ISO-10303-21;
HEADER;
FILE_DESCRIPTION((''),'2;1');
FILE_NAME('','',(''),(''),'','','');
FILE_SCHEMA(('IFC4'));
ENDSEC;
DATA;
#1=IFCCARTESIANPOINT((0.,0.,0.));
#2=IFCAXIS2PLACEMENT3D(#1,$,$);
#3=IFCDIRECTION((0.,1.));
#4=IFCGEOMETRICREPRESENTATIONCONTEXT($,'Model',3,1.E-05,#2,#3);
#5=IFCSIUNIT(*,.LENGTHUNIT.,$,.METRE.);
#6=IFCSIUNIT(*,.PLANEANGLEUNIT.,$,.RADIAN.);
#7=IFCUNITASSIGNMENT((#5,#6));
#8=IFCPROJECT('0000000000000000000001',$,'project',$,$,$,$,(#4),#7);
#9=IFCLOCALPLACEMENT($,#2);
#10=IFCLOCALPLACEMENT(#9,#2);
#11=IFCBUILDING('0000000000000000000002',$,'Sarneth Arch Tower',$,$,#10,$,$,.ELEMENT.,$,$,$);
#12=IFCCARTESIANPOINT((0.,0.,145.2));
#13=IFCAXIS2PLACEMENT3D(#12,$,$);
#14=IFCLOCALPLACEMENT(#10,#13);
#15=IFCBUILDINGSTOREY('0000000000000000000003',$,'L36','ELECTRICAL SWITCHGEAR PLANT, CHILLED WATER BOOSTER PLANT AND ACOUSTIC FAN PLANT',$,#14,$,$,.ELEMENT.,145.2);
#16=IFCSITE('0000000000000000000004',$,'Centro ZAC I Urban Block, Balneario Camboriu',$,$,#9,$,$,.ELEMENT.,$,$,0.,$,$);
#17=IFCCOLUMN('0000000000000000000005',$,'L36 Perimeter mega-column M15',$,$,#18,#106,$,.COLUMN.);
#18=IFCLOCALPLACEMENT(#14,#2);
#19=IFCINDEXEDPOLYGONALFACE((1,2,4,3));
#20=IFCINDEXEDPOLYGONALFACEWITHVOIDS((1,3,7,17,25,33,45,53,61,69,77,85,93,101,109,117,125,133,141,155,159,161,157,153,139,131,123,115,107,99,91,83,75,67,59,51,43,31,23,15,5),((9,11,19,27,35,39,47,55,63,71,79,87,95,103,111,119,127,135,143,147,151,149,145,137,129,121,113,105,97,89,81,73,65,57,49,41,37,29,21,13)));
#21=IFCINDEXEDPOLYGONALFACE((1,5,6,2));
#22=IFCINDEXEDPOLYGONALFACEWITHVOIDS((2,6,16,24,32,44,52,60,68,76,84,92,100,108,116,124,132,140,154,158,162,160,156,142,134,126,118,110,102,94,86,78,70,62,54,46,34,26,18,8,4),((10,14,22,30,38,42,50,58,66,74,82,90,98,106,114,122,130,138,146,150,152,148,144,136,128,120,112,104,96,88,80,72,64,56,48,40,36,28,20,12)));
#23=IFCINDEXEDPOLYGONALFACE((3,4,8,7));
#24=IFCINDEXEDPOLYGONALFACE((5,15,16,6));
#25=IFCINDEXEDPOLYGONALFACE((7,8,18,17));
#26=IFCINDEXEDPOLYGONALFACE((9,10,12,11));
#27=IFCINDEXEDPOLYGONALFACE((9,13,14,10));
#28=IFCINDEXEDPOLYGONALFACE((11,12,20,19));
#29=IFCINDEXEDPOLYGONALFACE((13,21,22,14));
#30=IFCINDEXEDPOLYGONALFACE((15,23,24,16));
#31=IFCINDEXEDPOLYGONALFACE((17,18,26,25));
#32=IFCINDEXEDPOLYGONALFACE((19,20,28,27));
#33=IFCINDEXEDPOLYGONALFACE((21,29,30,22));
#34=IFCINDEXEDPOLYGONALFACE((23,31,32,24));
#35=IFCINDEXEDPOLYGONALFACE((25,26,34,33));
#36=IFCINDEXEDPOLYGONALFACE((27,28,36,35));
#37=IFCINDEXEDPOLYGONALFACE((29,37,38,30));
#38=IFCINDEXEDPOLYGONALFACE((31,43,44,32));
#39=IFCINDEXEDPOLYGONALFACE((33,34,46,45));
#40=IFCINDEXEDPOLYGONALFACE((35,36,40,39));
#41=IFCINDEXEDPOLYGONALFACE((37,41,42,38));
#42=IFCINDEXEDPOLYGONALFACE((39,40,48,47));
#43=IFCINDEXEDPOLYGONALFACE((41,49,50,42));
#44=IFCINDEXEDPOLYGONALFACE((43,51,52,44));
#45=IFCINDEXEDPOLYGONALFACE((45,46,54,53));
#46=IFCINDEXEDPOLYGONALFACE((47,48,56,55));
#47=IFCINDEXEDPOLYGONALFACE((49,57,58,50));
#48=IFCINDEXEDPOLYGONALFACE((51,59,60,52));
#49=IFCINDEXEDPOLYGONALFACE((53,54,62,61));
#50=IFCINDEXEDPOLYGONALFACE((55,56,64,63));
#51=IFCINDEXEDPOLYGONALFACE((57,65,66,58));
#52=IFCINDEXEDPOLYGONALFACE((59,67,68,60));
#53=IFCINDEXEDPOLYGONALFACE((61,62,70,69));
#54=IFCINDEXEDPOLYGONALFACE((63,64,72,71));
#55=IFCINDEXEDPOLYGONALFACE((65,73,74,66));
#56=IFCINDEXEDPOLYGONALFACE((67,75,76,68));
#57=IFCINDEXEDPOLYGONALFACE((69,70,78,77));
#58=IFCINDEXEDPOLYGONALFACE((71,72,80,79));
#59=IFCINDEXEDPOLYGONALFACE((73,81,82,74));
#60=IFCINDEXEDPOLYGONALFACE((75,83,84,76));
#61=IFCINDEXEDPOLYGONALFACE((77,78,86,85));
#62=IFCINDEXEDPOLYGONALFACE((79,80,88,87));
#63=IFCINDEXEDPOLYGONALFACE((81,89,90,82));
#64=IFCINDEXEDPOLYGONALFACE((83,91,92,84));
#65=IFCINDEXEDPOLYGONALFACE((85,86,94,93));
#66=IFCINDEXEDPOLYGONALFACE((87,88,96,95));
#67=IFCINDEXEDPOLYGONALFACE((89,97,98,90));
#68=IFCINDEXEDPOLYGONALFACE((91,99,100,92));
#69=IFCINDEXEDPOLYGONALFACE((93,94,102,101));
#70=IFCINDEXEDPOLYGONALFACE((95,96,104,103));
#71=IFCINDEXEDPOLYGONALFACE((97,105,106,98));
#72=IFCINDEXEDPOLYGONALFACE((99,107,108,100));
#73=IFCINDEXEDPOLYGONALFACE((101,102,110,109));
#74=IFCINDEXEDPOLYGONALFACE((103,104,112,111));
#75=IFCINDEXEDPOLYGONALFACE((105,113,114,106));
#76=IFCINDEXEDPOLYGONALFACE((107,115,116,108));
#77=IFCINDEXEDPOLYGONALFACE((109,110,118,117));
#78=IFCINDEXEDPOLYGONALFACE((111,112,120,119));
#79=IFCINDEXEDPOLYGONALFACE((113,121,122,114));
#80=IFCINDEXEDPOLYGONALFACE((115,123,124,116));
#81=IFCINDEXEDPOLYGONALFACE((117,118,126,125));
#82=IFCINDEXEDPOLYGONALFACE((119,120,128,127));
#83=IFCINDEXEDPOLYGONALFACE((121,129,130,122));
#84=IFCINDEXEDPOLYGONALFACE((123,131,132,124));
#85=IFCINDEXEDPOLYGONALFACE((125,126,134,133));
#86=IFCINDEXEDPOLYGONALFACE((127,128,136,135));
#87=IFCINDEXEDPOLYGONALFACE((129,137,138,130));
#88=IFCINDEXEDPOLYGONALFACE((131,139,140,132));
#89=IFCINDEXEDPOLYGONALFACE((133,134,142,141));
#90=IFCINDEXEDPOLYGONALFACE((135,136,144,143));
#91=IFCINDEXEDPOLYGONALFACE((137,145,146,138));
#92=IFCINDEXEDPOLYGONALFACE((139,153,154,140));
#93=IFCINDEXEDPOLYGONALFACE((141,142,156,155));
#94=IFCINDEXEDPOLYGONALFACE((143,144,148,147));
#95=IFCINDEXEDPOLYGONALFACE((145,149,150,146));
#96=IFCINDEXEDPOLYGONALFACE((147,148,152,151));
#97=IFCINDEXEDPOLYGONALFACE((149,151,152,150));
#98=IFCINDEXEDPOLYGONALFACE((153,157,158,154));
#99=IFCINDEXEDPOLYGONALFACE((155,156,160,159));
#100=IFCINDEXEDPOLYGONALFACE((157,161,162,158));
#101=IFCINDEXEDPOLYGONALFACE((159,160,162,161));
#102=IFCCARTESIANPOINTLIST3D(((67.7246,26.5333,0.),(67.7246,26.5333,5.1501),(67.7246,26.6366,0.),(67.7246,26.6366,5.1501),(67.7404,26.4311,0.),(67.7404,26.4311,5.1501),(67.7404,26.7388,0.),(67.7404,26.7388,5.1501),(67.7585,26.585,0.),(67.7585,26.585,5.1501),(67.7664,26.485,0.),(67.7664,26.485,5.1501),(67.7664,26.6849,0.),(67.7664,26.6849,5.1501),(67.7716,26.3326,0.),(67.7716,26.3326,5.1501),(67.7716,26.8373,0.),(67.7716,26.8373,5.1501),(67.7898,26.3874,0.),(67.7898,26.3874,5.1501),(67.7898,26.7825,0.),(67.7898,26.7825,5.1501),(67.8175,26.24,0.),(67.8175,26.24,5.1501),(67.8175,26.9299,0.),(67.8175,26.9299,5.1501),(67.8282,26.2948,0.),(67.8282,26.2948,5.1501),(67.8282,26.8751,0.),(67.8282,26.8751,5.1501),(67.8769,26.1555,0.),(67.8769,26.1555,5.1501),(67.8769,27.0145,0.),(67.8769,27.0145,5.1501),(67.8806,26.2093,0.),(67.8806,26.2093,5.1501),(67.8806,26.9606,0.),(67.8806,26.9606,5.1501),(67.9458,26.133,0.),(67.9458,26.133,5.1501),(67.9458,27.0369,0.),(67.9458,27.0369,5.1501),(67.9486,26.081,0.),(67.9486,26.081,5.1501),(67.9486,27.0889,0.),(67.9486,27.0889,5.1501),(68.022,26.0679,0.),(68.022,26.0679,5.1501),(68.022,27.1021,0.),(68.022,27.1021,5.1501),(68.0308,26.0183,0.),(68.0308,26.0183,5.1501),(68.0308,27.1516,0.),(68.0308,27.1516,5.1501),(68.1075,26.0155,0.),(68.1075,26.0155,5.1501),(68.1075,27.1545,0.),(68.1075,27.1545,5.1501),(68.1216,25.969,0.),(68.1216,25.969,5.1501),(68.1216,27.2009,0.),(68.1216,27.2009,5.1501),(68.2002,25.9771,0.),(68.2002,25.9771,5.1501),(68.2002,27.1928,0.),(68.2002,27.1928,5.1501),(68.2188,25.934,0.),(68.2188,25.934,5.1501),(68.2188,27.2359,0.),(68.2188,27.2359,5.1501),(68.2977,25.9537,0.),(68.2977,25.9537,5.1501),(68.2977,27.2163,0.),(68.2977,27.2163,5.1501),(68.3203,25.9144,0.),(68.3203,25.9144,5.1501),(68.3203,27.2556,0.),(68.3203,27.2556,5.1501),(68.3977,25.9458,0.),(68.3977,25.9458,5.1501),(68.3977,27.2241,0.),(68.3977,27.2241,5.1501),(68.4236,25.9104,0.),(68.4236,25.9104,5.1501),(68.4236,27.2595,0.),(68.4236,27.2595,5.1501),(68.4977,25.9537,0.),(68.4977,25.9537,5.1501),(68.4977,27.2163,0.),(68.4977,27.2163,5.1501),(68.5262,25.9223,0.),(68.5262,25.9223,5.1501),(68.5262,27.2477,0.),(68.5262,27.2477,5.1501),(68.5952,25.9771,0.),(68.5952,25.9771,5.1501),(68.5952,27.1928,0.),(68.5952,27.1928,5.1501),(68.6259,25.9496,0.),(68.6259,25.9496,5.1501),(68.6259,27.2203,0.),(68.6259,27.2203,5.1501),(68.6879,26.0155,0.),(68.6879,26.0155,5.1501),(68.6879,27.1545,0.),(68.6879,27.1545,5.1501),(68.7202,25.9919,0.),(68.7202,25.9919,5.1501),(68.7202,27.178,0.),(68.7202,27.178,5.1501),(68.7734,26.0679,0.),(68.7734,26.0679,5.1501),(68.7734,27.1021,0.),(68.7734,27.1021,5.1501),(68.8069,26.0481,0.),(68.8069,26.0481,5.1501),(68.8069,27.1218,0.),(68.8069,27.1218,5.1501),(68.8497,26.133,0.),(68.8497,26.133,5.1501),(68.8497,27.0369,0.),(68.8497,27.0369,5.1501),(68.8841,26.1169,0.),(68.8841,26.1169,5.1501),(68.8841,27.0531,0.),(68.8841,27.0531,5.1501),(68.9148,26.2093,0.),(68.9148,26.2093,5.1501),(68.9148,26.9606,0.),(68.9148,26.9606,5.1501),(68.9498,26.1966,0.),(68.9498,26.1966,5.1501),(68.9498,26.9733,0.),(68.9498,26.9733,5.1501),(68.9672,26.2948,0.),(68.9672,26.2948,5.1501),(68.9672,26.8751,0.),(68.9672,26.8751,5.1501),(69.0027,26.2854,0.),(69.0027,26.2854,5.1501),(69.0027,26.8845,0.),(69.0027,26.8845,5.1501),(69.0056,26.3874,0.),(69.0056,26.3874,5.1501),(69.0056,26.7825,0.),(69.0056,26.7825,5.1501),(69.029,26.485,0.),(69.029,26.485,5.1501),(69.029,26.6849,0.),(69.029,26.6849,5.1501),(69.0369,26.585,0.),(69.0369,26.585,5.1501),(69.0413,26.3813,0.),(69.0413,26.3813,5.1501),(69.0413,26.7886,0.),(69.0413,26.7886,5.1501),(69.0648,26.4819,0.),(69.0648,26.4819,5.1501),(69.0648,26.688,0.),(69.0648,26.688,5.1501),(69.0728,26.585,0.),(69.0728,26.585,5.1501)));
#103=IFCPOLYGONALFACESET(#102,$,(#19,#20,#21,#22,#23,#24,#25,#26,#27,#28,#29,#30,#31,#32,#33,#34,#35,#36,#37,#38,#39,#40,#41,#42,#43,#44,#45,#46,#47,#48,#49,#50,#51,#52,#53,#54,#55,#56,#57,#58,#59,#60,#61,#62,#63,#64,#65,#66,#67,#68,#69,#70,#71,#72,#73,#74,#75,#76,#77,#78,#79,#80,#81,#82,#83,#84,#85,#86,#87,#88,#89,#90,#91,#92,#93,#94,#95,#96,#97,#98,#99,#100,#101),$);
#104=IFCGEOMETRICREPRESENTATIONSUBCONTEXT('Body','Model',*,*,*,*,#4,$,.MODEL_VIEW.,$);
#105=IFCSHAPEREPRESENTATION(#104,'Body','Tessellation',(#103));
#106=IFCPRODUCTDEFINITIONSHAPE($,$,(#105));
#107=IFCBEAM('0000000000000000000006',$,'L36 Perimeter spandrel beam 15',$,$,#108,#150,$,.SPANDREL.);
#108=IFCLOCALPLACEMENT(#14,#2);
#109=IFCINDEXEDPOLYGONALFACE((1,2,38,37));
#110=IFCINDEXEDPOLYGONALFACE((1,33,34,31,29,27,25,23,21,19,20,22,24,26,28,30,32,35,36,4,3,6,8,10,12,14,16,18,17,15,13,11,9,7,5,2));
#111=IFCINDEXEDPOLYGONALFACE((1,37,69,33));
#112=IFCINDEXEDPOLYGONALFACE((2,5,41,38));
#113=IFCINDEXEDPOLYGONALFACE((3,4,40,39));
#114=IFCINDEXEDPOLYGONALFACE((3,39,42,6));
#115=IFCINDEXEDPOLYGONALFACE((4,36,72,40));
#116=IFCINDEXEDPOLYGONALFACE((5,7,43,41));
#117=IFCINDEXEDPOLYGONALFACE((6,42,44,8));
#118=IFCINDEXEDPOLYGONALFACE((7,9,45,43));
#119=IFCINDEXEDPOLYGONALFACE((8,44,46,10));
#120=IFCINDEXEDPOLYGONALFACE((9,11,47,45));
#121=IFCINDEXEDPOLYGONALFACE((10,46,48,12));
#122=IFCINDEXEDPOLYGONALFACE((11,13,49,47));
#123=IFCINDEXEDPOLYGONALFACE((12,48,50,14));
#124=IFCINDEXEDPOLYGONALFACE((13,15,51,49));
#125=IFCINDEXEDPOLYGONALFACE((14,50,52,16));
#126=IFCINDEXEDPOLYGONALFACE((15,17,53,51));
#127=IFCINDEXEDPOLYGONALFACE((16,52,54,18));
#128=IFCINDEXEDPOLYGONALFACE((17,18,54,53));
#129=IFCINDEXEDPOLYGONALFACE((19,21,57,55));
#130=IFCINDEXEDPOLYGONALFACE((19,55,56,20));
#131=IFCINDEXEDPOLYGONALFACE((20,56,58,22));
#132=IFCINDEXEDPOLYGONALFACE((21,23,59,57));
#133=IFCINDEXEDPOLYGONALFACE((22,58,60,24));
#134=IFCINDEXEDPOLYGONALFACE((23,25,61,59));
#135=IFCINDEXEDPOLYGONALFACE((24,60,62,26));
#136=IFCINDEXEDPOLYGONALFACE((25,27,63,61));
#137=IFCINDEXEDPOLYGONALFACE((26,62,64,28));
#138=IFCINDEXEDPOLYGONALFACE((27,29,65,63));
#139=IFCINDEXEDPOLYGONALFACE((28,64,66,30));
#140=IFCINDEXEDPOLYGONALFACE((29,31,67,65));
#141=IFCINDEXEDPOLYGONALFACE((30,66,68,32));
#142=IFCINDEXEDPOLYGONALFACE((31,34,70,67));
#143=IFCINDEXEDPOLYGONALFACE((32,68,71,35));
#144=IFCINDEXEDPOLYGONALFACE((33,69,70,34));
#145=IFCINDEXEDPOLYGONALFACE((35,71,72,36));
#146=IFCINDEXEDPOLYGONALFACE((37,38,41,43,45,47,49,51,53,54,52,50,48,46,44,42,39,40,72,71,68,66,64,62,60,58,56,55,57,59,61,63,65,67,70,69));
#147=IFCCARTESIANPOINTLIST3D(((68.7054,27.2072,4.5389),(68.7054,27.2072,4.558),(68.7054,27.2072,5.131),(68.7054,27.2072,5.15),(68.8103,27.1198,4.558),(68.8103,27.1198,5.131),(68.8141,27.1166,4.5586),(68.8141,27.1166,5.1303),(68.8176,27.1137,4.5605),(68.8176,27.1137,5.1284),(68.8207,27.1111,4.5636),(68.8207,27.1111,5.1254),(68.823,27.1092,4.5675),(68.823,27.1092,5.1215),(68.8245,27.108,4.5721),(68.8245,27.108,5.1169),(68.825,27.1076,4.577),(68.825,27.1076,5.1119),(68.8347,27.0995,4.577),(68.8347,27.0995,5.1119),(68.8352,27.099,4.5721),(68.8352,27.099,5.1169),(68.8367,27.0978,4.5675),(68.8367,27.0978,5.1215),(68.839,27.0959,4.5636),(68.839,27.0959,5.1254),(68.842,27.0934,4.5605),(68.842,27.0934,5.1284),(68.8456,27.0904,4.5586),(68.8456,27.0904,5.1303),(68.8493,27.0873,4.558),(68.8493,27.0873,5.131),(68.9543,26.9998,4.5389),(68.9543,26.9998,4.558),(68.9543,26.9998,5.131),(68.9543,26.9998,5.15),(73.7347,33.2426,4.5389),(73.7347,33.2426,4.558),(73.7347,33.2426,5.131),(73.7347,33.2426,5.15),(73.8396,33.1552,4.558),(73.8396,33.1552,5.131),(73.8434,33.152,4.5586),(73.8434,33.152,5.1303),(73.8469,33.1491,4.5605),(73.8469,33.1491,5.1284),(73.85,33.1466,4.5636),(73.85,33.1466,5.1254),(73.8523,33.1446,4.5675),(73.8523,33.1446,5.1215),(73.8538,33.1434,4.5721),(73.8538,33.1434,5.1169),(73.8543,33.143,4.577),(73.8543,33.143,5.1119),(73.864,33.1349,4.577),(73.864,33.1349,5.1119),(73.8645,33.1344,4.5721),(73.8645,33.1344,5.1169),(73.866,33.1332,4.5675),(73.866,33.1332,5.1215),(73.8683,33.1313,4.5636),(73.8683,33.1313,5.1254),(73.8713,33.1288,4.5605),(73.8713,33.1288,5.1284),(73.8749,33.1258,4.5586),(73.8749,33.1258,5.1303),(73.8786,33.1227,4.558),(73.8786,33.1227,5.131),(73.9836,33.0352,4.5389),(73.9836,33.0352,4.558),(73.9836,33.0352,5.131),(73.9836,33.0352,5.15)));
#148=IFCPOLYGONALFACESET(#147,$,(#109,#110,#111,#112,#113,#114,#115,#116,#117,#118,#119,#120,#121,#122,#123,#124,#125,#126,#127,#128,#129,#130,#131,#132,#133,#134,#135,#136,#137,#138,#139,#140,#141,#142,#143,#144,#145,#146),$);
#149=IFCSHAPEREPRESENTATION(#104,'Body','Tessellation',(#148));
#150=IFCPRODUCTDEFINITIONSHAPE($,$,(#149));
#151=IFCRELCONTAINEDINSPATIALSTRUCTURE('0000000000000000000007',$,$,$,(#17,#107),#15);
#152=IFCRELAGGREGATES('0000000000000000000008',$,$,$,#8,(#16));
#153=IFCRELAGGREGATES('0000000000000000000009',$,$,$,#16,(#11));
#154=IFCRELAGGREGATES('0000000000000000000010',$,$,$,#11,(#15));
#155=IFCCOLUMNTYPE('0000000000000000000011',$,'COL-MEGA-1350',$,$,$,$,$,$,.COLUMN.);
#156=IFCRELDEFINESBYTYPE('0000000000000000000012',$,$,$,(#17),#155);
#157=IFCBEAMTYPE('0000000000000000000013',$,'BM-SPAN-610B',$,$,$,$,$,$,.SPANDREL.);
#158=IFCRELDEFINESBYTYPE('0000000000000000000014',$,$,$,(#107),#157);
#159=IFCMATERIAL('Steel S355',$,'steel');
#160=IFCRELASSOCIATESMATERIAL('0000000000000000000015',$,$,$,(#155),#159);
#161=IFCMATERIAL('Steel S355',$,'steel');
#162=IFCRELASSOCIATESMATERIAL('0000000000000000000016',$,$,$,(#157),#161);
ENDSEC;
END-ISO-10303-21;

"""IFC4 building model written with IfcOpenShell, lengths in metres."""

from ifc_helpers import new_model, si_unit, direction, frame, origin, origin_2d, place, context, subcontext, project, spatial, hollow_circle, i_section, extrude, material, material_profile, profile_set, type_object, element, save


model = new_model("IFC4")

# Units and contexts
model_context = context("Model", 3, precision=1e-05, world=origin(), true_north=direction((0.0, 1.0)))
body_context = subcontext(model_context, "Body", "Model", "MODEL_VIEW")
ifc_project = project(units=[si_unit("LENGTHUNIT", "METRE"), si_unit("PLANEANGLEUNIT", "RADIAN")], contexts=[model_context])

# Site, building, storey
site_placement = place(None, origin())
site = spatial("IfcSite", under=ifc_project, at=site_placement, Name="Centro ZAC I Urban Block, Balneario Camboriu", CompositionType="ELEMENT", RefElevation=0.0)
building_placement = place(site_placement, origin())
building = spatial("IfcBuilding", under=site, at=building_placement, Name="Sarneth Arch Tower", CompositionType="ELEMENT")
storey_placement = place(building_placement, frame((0.0, 0.0, 145.2)))
storey = spatial("IfcBuildingStorey", under=building, at=storey_placement, Name="L36", Description="ELECTRICAL SWITCHGEAR PLANT, CHILLED WATER BOOSTER PLANT AND ACOUSTIC FAN PLANT", CompositionType="ELEMENT", Elevation=145.2)

# Column
ifc_material_1 = material(Name="Steel S355", Category="steel")
ifc_material_profile_1 = material_profile(ifc_material_1, hollow_circle(Radius=0.675, WallThickness=0.0359, at=origin_2d()), Name="CHS1350x36")
ifc_profile_set_1 = profile_set([ifc_material_profile_1], Name="Steel S355")
column_type = type_object("IfcColumnType", Name="COL-MEGA-1350", PredefinedType="COLUMN", material=ifc_profile_set_1)
column_placement = place(storey_placement, frame((68.3977, 26.585, 0.0), z_axis=(0.0, 0.0, 1.0), x_axis=(1.0, 0.0, 0.0)))
element("IfcColumn", 1, at=column_placement, inside=storey, type_object=column_type, Name="L36 Perimeter mega-column M15", PredefinedType="COLUMN", context=body_context, shape_type="SweptSolid", body=[
    extrude(hollow_circle(Radius=0.675, WallThickness=0.0359, at=origin_2d()), origin(), (0.0, 0.0, 1.0), 5.1501),
])

# Beam
ifc_material_2 = material(Name="Steel S355", Category="steel")
ifc_material_profile_2 = material_profile(ifc_material_2, i_section(OverallWidth=0.324, OverallDepth=0.6111, WebThickness=0.0127, FlangeThickness=0.019, FilletRadius=0.019, at=origin_2d()), Name="W610x155")
ifc_profile_set_2 = profile_set([ifc_material_profile_2], Name="Steel S355")
beam_type = type_object("IfcBeamType", Name="BM-SPAN-610B", PredefinedType="SPANDREL", material=ifc_profile_set_2)
beam_placement = place(storey_placement, frame((68.8298, 27.1035, 4.8445), z_axis=(0.640169, 0.768234, 0.0), x_axis=(-0.768234, 0.640169, 0.0)))
element("IfcBeam", 2, at=beam_placement, inside=storey, type_object=beam_type, Name="L36 Perimeter spandrel beam 15", PredefinedType="SPANDREL", context=body_context, shape_type="SweptSolid", body=[
    extrude(i_section(OverallWidth=0.324, OverallDepth=0.6111, WebThickness=0.0127, FlangeThickness=0.019, FilletRadius=0.019, at=origin_2d()), origin(), (0.0, 0.0, 1.0), 7.8562),
])

save(model, "model.ifc")
